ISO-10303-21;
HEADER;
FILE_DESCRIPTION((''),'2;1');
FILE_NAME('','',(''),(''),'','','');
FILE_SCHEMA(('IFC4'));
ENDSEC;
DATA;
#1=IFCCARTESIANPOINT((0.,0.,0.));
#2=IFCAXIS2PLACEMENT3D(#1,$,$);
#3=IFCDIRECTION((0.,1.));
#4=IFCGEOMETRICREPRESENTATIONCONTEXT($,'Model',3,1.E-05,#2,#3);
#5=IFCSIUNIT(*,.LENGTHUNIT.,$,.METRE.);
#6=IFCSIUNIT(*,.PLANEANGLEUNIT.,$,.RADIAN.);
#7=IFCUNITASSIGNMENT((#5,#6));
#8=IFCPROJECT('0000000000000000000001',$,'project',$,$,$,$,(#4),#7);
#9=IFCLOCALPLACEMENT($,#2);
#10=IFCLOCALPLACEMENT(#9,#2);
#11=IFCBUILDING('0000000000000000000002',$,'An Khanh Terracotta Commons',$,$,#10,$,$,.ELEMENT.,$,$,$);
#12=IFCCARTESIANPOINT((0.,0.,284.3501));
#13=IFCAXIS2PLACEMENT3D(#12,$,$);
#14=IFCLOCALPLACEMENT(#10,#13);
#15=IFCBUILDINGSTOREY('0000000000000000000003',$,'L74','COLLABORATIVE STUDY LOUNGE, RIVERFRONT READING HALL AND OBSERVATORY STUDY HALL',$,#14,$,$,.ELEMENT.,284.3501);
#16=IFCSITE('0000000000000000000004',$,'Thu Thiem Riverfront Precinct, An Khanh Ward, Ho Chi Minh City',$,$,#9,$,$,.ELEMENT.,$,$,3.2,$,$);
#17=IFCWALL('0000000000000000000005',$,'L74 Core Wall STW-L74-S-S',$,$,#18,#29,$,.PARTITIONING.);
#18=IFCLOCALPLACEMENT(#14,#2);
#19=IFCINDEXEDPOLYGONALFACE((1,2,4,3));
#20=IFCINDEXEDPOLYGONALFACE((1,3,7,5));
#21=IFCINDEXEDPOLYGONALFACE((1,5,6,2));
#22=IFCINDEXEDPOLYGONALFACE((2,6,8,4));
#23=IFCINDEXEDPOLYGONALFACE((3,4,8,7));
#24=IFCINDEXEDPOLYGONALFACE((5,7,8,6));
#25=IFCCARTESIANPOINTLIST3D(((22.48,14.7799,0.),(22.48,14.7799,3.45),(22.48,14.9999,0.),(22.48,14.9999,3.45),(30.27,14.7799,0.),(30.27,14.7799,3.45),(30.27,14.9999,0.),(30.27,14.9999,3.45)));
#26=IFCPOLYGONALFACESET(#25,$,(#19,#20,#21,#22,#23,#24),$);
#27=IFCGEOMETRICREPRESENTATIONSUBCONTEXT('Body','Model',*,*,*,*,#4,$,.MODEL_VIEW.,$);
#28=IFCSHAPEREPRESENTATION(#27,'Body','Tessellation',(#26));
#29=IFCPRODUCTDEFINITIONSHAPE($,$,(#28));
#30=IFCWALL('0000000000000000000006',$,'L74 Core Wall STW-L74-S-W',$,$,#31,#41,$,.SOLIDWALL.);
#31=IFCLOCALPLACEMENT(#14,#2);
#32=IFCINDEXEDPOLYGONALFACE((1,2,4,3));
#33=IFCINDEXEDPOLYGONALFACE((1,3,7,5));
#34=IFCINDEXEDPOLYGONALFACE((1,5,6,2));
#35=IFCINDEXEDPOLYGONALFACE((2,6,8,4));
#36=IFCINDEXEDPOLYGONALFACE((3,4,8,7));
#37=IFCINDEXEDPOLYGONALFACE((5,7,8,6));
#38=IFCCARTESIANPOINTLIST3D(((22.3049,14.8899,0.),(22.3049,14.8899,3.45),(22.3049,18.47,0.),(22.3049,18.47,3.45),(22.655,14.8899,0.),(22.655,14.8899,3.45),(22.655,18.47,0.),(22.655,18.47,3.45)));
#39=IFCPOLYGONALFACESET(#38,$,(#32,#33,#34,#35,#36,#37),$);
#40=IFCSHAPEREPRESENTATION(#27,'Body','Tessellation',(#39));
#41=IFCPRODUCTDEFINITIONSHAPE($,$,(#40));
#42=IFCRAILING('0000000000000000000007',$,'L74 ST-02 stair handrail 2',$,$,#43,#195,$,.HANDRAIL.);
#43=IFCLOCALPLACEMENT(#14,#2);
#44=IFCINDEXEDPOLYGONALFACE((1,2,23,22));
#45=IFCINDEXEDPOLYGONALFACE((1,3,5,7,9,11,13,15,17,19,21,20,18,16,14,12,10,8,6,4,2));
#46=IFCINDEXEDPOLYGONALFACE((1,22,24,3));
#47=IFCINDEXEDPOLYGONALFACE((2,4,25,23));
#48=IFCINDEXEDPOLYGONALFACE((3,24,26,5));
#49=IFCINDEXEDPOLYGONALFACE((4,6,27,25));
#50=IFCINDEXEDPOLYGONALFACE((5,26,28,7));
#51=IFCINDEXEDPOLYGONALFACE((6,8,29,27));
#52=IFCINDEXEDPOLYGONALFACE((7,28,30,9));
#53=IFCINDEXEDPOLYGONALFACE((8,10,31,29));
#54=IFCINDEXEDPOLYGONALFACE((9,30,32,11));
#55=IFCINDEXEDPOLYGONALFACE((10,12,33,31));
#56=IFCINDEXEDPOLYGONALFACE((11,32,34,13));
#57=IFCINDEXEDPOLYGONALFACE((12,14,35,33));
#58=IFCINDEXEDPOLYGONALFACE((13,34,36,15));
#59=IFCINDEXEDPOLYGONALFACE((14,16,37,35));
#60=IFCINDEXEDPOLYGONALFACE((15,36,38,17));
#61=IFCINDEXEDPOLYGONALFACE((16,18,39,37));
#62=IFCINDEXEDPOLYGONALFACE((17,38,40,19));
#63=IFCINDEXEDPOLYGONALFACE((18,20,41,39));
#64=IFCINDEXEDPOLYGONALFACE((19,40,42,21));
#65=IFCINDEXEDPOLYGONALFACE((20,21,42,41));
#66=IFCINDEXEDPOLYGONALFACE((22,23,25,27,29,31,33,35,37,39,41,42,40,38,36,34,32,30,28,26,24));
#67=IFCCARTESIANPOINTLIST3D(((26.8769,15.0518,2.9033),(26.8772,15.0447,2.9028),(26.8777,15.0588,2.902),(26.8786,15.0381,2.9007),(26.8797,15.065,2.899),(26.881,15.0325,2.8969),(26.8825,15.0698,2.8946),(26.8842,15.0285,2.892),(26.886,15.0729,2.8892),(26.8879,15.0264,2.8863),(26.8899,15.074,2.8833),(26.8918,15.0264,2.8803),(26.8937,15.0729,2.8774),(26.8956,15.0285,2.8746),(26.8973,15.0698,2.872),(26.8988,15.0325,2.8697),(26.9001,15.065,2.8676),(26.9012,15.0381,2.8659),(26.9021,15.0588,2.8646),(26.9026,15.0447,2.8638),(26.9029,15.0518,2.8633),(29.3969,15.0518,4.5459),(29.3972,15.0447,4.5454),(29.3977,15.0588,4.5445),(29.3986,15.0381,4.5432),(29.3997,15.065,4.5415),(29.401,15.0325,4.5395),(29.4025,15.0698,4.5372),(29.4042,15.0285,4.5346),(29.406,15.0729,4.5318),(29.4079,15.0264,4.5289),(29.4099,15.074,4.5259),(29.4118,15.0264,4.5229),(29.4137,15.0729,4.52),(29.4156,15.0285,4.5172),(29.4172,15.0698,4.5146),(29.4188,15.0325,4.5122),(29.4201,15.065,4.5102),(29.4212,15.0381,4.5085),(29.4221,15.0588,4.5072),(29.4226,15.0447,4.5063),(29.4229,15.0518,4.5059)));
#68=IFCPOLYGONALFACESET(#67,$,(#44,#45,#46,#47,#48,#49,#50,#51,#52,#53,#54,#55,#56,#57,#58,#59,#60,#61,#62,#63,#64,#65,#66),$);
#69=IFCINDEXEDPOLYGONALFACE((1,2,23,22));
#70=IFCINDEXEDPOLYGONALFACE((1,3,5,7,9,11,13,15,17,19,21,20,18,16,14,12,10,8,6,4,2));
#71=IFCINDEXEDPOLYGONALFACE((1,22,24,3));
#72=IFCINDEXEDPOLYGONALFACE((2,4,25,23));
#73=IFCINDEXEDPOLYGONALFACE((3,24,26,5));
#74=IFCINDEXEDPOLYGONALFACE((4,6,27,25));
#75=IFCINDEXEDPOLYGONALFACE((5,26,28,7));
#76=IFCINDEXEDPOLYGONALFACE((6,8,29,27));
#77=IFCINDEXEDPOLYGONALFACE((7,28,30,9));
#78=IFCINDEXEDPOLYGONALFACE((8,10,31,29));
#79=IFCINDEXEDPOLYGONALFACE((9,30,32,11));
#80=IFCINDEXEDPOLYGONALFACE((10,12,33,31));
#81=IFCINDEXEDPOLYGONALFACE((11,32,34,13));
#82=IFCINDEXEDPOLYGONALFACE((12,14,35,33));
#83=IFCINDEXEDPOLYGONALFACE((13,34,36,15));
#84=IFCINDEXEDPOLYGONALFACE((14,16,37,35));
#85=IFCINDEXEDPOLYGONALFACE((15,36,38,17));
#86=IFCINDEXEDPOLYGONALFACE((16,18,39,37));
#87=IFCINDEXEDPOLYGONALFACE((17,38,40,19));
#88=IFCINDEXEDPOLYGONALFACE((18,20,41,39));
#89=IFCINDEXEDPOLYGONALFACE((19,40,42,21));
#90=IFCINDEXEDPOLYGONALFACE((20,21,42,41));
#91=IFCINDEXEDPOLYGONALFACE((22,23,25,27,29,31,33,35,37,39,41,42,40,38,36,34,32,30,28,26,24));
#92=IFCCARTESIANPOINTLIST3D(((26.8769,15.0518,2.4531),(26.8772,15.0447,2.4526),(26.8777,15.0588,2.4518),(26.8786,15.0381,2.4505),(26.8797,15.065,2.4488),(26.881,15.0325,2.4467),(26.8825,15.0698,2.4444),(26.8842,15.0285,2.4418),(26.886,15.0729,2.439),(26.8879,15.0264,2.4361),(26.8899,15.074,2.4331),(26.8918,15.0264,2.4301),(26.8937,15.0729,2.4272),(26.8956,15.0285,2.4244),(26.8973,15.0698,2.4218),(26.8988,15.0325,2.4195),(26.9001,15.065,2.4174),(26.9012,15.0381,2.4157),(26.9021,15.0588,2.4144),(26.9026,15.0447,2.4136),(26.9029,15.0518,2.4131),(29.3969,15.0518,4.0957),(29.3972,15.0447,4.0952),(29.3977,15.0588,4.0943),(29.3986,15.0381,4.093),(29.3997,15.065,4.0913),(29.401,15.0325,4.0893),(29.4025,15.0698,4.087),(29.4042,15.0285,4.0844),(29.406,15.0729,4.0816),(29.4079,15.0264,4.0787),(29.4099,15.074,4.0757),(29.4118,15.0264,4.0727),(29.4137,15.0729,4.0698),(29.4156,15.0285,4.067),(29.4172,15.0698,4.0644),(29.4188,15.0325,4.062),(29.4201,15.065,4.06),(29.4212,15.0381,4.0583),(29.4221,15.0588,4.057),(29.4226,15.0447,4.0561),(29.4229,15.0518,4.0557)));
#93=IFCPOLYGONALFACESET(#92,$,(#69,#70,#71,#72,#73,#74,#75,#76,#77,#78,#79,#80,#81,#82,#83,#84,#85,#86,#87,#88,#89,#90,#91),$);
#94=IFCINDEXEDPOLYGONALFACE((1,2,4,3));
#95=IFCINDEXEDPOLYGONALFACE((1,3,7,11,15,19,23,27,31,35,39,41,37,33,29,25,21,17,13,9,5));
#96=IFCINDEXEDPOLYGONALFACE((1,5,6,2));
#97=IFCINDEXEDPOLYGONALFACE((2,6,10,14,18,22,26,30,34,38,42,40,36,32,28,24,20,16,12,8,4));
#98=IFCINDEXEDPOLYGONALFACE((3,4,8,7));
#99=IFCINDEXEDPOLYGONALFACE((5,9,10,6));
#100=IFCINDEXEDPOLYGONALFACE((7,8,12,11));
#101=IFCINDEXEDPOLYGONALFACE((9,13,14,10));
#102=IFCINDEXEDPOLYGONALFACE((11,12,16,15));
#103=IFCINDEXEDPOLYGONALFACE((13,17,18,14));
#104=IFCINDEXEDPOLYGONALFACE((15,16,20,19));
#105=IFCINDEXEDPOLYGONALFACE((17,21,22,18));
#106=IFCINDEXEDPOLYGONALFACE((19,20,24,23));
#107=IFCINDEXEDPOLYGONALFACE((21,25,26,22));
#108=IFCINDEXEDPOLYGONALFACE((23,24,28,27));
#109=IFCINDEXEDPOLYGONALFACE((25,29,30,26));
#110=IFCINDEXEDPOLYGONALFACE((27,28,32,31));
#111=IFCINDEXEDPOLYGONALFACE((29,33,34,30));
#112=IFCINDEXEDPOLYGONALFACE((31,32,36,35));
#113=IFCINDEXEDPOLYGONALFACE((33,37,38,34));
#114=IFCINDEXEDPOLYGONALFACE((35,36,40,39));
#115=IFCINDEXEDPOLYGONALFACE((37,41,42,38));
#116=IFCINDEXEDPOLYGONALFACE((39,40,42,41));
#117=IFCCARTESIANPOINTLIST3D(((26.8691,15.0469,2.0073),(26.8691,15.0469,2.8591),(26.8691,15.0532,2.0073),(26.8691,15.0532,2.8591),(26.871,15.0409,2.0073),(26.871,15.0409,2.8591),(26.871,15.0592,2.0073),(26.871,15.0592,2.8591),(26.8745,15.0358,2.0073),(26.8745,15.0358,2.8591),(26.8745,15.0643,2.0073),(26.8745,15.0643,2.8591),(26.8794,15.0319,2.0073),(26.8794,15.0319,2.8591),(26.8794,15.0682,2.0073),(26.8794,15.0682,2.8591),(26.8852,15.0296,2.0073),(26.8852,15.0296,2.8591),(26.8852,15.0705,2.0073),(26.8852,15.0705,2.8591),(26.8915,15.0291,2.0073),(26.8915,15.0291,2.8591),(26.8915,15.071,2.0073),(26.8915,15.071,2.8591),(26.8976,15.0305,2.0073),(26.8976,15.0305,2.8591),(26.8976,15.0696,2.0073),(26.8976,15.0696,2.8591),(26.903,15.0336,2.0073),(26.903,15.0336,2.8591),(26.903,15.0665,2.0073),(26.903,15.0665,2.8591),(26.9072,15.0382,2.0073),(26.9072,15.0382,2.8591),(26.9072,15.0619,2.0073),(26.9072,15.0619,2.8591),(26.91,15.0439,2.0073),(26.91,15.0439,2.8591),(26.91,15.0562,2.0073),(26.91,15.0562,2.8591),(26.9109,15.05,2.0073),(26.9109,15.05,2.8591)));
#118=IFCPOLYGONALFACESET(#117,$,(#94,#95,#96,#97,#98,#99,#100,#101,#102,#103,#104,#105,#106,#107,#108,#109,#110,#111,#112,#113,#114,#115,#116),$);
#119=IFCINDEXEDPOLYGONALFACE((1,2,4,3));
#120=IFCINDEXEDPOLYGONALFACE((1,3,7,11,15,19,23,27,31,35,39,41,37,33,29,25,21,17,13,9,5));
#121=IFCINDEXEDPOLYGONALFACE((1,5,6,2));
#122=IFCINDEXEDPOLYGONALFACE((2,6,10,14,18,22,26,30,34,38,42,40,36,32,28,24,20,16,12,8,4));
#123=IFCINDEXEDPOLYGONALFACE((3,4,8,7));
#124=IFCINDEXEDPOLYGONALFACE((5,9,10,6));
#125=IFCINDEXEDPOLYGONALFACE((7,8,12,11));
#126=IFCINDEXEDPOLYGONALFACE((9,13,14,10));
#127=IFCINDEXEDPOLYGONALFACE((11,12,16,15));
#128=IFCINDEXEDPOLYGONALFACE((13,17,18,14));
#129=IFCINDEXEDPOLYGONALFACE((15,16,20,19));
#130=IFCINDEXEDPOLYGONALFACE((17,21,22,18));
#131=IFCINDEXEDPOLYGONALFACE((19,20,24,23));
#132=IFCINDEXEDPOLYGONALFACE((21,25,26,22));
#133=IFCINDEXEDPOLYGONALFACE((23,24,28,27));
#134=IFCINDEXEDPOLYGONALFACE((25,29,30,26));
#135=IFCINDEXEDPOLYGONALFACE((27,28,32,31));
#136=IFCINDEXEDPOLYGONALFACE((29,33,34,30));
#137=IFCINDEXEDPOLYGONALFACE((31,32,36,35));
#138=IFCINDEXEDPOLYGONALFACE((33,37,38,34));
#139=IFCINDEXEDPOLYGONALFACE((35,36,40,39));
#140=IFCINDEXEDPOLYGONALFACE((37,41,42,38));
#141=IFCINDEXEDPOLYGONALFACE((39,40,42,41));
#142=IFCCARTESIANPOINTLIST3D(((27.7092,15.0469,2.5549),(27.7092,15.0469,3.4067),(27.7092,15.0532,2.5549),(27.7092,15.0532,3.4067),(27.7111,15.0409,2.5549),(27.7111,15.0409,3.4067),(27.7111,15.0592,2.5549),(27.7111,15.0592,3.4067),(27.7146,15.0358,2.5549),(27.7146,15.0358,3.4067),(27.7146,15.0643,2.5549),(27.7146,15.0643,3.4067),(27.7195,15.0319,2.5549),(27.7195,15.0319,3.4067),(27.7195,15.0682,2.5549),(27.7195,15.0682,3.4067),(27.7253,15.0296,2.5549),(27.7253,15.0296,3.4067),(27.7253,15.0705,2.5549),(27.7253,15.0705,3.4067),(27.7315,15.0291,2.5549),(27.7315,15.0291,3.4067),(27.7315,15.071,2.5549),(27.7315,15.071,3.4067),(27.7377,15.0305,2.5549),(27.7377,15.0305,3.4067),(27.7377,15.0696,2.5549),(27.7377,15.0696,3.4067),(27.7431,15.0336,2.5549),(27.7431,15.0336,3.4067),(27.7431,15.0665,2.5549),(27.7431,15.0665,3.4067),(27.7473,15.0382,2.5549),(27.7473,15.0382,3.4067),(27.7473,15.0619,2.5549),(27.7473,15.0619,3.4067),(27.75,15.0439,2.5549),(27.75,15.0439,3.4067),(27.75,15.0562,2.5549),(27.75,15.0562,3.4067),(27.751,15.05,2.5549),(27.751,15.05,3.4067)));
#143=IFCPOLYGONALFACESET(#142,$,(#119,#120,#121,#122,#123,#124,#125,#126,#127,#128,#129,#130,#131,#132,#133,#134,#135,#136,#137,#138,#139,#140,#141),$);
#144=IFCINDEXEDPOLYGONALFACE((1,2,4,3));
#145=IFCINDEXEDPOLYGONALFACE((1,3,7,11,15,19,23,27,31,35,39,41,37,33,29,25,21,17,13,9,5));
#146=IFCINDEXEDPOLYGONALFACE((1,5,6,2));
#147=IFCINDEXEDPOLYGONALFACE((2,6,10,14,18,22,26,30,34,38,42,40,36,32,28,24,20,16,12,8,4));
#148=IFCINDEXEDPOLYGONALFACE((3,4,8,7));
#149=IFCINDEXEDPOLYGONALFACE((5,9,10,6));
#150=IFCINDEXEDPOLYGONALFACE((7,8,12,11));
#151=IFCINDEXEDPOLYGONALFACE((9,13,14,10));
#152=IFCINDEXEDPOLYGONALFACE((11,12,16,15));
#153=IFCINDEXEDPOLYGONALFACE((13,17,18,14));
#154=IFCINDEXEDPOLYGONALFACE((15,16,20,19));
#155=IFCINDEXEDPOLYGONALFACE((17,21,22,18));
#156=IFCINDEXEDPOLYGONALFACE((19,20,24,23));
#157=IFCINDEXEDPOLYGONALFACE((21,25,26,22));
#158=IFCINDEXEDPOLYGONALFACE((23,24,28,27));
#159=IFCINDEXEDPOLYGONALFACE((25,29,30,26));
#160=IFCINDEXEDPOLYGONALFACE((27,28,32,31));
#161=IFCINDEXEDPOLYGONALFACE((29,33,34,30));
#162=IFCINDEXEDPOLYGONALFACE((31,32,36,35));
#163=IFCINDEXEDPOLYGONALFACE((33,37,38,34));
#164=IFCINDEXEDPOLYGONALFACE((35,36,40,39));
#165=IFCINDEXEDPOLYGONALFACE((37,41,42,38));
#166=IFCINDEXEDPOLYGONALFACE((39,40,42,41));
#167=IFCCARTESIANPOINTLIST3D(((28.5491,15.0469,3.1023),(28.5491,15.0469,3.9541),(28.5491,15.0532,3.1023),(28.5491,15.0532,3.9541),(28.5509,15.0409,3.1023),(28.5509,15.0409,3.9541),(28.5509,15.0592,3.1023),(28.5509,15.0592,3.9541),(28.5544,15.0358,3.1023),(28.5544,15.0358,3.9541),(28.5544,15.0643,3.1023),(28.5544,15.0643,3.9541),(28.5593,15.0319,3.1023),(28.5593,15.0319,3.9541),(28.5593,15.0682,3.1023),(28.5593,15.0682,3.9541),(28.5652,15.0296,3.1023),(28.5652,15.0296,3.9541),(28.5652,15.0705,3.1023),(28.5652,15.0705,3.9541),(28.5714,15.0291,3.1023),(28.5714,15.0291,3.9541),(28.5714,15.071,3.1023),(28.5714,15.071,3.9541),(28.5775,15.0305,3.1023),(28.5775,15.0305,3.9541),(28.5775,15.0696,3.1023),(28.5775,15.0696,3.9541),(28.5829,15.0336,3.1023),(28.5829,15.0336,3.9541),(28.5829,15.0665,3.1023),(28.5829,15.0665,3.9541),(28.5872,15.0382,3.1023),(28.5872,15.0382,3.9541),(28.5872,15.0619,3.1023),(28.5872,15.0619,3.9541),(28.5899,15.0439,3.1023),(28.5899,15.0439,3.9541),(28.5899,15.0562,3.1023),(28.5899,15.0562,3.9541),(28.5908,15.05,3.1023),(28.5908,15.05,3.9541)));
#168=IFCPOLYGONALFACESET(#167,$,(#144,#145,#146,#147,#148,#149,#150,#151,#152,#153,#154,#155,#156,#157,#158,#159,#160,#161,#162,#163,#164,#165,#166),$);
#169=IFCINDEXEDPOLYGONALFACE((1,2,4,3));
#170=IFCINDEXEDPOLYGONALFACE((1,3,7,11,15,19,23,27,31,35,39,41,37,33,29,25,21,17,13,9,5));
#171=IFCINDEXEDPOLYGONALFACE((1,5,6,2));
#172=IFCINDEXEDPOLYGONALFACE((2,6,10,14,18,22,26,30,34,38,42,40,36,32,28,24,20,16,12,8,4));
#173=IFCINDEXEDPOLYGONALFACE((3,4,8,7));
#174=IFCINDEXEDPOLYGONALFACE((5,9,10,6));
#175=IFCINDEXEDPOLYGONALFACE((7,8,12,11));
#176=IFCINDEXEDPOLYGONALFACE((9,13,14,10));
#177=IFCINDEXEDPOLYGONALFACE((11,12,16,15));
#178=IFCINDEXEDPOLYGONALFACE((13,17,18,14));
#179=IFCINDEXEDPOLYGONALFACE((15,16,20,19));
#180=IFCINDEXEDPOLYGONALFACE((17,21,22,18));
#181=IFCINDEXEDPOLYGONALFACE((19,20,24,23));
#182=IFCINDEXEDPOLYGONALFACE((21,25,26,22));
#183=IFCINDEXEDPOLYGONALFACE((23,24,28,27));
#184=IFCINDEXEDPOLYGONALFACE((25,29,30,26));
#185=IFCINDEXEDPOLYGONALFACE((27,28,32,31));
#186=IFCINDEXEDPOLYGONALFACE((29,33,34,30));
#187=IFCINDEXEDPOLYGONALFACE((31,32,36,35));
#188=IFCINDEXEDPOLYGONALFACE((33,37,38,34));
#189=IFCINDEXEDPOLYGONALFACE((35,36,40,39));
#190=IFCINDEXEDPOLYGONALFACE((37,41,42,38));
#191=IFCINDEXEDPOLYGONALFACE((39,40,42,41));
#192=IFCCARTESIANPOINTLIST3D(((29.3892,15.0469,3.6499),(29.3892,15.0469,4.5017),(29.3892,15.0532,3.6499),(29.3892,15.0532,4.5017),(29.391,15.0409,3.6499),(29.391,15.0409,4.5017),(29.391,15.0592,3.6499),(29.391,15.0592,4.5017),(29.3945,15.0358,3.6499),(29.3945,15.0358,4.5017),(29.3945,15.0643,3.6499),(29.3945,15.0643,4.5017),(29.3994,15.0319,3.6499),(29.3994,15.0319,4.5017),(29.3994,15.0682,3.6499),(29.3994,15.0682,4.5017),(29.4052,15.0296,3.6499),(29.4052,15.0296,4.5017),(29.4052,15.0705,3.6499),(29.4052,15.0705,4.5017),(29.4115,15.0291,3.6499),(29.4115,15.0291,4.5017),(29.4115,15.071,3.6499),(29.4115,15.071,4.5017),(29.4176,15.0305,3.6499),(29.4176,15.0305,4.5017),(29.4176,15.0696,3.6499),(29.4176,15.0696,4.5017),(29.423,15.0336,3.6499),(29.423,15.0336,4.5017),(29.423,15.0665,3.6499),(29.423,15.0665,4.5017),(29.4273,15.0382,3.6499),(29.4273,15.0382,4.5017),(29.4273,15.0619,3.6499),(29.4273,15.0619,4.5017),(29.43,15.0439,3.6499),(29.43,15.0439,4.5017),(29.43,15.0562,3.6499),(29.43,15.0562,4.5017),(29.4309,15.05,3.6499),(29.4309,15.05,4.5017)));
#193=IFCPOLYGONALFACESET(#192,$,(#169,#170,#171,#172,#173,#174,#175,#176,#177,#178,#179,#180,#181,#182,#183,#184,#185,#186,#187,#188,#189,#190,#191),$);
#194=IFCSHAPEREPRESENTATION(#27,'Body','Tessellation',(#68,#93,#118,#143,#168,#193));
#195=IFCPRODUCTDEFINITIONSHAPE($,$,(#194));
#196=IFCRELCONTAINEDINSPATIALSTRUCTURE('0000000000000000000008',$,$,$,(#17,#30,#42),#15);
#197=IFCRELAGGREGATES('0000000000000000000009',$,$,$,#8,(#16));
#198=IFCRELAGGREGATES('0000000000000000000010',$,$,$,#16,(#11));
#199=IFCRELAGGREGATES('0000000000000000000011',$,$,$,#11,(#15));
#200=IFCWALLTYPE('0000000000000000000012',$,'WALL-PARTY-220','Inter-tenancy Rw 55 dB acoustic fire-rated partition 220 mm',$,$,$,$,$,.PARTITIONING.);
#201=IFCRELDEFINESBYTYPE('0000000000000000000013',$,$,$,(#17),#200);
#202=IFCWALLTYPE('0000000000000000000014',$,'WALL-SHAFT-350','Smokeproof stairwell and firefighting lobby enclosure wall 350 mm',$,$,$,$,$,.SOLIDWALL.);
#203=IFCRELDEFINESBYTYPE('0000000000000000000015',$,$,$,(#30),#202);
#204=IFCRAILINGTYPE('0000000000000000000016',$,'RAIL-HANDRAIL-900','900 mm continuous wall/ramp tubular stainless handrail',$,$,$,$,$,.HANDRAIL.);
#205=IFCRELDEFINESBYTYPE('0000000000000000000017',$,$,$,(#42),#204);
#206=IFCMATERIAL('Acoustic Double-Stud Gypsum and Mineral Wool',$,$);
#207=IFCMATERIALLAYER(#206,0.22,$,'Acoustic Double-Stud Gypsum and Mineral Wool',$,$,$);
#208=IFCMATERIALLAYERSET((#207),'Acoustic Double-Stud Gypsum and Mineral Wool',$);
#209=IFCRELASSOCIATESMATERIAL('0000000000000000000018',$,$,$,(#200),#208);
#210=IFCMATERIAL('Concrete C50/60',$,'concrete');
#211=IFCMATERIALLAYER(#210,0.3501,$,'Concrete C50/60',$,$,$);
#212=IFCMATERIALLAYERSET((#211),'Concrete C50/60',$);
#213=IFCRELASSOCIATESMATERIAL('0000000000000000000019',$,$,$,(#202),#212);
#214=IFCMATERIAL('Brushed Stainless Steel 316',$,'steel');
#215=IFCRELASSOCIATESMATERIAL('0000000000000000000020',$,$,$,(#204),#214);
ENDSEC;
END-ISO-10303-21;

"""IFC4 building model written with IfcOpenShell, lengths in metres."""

from ifc_helpers import new_model, si_unit, direction, frame, frame_2d, origin, origin_2d, place, context, subcontext, project, spatial, rectangle, circle, extrude, material, layer, layer_set, type_object, element, save


model = new_model("IFC4")

# Units and contexts
model_context = context("Model", 3, precision=1e-05, world=origin(), true_north=direction((0.0, 1.0)))
body_context = subcontext(model_context, "Body", "Model", "MODEL_VIEW")
ifc_project = project(units=[si_unit("LENGTHUNIT", "METRE"), si_unit("PLANEANGLEUNIT", "RADIAN")], contexts=[model_context])

# Site, building, storey
site_placement = place(None, origin())
site = spatial("IfcSite", under=ifc_project, at=site_placement, Name="Thu Thiem Riverfront Precinct, An Khanh Ward, Ho Chi Minh City", CompositionType="ELEMENT", RefElevation=3.2)
building_placement = place(site_placement, origin())
building = spatial("IfcBuilding", under=site, at=building_placement, Name="An Khanh Terracotta Commons", CompositionType="ELEMENT")
storey_placement = place(building_placement, frame((0.0, 0.0, 284.3501)))
storey = spatial("IfcBuildingStorey", under=building, at=storey_placement, Name="L74", Description="COLLABORATIVE STUDY LOUNGE, RIVERFRONT READING HALL AND OBSERVATORY STUDY HALL", CompositionType="ELEMENT", Elevation=284.3501)

# Shared definitions
ifc_material_1 = material(Name="Concrete C50/60", Category="concrete")

# Walls
ifc_material_2 = material(Name="Acoustic Double-Stud Gypsum and Mineral Wool")
ifc_layer_1 = layer(ifc_material_2, 0.22, Name="Acoustic Double-Stud Gypsum and Mineral Wool")
ifc_layer_set_1 = layer_set([ifc_layer_1], Name="Acoustic Double-Stud Gypsum and Mineral Wool")
wall_type_1 = type_object("IfcWallType", Name="WALL-PARTY-220", Description="Inter-tenancy Rw 55 dB acoustic fire-rated partition 220 mm", PredefinedType="PARTITIONING", material=ifc_layer_set_1)
wall_1_placement = place(storey_placement, frame((22.48, 14.8899, 0.0), z_axis=(0.0, 0.0, 1.0), x_axis=(1.0, 0.0, 0.0)))
element("IfcWall", 1, at=wall_1_placement, inside=storey, type_object=wall_type_1, Name="L74 Core Wall STW-L74-S-S", PredefinedType="PARTITIONING", context=body_context, shape_type="SweptSolid", body=[
    extrude(rectangle(XDim=7.79, YDim=0.22, at=frame_2d((3.895, 0.0))), origin(), (0.0, 0.0, 1.0), 3.45),
])
ifc_layer_2 = layer(ifc_material_1, 0.3501, Name="Concrete C50/60")
ifc_layer_set_2 = layer_set([ifc_layer_2], Name="Concrete C50/60")
wall_type_2 = type_object("IfcWallType", Name="WALL-SHAFT-350", Description="Smokeproof stairwell and firefighting lobby enclosure wall 350 mm", PredefinedType="SOLIDWALL", material=ifc_layer_set_2)
wall_2_placement = place(storey_placement, frame((22.48, 14.8899, 0.0), z_axis=(0.0, 0.0, 1.0), x_axis=(0.0, 1.0, 0.0)))
element("IfcWall", 2, at=wall_2_placement, inside=storey, type_object=wall_type_2, Name="L74 Core Wall STW-L74-S-W", PredefinedType="SOLIDWALL", context=body_context, shape_type="SweptSolid", body=[
    extrude(rectangle(XDim=3.5801, YDim=0.3501, at=frame_2d((1.79, 0.0))), origin(), (0.0, 0.0, 1.0), 3.45),
])

# Railing
ifc_material_3 = material(Name="Brushed Stainless Steel 316", Category="steel")
railing_type_1 = type_object("IfcRailingType", Name="RAIL-HANDRAIL-900", Description="900 mm continuous wall/ramp tubular stainless handrail", PredefinedType="HANDRAIL", material=ifc_material_3)
railing_1_placement = place(storey_placement, frame((26.8899, 15.05, 2.0073)))
element("IfcRailing", 3, at=railing_1_placement, inside=storey, type_object=railing_type_1, Name="L74 ST-02 stair handrail 2", PredefinedType="HANDRAIL", context=body_context, shape_type="SweptSolid", body=[
    extrude(circle(Radius=0.0239, at=origin_2d()), frame((0.0, 0.0, 0.876), z_axis=(0.837749, 0.0, 0.546055), x_axis=(0.0, 1.0, 0.0)), (0.0, 0.0, 1.0), 3.0081),
    extrude(circle(Radius=0.0239, at=origin_2d()), frame((0.0, 0.0, 0.4258), z_axis=(0.837749, 0.0, 0.546055), x_axis=(0.0, 1.0, 0.0)), (0.0, 0.0, 1.0), 3.0081),
    extrude(circle(Radius=0.021, at=origin_2d()), origin(), (0.0, 0.0, 1.0), 0.8518),
    extrude(circle(Radius=0.021, at=origin_2d()), frame((0.8401, 0.0, 0.5476)), (0.0, 0.0, 1.0), 0.8518),
    extrude(circle(Radius=0.021, at=origin_2d()), frame((1.6799, 0.0, 1.095)), (0.0, 0.0, 1.0), 0.8518),
    extrude(circle(Radius=0.021, at=origin_2d()), frame((2.52, 0.0, 1.6426)), (0.0, 0.0, 1.0), 0.8518),
])

save(model, "model.ifc")
